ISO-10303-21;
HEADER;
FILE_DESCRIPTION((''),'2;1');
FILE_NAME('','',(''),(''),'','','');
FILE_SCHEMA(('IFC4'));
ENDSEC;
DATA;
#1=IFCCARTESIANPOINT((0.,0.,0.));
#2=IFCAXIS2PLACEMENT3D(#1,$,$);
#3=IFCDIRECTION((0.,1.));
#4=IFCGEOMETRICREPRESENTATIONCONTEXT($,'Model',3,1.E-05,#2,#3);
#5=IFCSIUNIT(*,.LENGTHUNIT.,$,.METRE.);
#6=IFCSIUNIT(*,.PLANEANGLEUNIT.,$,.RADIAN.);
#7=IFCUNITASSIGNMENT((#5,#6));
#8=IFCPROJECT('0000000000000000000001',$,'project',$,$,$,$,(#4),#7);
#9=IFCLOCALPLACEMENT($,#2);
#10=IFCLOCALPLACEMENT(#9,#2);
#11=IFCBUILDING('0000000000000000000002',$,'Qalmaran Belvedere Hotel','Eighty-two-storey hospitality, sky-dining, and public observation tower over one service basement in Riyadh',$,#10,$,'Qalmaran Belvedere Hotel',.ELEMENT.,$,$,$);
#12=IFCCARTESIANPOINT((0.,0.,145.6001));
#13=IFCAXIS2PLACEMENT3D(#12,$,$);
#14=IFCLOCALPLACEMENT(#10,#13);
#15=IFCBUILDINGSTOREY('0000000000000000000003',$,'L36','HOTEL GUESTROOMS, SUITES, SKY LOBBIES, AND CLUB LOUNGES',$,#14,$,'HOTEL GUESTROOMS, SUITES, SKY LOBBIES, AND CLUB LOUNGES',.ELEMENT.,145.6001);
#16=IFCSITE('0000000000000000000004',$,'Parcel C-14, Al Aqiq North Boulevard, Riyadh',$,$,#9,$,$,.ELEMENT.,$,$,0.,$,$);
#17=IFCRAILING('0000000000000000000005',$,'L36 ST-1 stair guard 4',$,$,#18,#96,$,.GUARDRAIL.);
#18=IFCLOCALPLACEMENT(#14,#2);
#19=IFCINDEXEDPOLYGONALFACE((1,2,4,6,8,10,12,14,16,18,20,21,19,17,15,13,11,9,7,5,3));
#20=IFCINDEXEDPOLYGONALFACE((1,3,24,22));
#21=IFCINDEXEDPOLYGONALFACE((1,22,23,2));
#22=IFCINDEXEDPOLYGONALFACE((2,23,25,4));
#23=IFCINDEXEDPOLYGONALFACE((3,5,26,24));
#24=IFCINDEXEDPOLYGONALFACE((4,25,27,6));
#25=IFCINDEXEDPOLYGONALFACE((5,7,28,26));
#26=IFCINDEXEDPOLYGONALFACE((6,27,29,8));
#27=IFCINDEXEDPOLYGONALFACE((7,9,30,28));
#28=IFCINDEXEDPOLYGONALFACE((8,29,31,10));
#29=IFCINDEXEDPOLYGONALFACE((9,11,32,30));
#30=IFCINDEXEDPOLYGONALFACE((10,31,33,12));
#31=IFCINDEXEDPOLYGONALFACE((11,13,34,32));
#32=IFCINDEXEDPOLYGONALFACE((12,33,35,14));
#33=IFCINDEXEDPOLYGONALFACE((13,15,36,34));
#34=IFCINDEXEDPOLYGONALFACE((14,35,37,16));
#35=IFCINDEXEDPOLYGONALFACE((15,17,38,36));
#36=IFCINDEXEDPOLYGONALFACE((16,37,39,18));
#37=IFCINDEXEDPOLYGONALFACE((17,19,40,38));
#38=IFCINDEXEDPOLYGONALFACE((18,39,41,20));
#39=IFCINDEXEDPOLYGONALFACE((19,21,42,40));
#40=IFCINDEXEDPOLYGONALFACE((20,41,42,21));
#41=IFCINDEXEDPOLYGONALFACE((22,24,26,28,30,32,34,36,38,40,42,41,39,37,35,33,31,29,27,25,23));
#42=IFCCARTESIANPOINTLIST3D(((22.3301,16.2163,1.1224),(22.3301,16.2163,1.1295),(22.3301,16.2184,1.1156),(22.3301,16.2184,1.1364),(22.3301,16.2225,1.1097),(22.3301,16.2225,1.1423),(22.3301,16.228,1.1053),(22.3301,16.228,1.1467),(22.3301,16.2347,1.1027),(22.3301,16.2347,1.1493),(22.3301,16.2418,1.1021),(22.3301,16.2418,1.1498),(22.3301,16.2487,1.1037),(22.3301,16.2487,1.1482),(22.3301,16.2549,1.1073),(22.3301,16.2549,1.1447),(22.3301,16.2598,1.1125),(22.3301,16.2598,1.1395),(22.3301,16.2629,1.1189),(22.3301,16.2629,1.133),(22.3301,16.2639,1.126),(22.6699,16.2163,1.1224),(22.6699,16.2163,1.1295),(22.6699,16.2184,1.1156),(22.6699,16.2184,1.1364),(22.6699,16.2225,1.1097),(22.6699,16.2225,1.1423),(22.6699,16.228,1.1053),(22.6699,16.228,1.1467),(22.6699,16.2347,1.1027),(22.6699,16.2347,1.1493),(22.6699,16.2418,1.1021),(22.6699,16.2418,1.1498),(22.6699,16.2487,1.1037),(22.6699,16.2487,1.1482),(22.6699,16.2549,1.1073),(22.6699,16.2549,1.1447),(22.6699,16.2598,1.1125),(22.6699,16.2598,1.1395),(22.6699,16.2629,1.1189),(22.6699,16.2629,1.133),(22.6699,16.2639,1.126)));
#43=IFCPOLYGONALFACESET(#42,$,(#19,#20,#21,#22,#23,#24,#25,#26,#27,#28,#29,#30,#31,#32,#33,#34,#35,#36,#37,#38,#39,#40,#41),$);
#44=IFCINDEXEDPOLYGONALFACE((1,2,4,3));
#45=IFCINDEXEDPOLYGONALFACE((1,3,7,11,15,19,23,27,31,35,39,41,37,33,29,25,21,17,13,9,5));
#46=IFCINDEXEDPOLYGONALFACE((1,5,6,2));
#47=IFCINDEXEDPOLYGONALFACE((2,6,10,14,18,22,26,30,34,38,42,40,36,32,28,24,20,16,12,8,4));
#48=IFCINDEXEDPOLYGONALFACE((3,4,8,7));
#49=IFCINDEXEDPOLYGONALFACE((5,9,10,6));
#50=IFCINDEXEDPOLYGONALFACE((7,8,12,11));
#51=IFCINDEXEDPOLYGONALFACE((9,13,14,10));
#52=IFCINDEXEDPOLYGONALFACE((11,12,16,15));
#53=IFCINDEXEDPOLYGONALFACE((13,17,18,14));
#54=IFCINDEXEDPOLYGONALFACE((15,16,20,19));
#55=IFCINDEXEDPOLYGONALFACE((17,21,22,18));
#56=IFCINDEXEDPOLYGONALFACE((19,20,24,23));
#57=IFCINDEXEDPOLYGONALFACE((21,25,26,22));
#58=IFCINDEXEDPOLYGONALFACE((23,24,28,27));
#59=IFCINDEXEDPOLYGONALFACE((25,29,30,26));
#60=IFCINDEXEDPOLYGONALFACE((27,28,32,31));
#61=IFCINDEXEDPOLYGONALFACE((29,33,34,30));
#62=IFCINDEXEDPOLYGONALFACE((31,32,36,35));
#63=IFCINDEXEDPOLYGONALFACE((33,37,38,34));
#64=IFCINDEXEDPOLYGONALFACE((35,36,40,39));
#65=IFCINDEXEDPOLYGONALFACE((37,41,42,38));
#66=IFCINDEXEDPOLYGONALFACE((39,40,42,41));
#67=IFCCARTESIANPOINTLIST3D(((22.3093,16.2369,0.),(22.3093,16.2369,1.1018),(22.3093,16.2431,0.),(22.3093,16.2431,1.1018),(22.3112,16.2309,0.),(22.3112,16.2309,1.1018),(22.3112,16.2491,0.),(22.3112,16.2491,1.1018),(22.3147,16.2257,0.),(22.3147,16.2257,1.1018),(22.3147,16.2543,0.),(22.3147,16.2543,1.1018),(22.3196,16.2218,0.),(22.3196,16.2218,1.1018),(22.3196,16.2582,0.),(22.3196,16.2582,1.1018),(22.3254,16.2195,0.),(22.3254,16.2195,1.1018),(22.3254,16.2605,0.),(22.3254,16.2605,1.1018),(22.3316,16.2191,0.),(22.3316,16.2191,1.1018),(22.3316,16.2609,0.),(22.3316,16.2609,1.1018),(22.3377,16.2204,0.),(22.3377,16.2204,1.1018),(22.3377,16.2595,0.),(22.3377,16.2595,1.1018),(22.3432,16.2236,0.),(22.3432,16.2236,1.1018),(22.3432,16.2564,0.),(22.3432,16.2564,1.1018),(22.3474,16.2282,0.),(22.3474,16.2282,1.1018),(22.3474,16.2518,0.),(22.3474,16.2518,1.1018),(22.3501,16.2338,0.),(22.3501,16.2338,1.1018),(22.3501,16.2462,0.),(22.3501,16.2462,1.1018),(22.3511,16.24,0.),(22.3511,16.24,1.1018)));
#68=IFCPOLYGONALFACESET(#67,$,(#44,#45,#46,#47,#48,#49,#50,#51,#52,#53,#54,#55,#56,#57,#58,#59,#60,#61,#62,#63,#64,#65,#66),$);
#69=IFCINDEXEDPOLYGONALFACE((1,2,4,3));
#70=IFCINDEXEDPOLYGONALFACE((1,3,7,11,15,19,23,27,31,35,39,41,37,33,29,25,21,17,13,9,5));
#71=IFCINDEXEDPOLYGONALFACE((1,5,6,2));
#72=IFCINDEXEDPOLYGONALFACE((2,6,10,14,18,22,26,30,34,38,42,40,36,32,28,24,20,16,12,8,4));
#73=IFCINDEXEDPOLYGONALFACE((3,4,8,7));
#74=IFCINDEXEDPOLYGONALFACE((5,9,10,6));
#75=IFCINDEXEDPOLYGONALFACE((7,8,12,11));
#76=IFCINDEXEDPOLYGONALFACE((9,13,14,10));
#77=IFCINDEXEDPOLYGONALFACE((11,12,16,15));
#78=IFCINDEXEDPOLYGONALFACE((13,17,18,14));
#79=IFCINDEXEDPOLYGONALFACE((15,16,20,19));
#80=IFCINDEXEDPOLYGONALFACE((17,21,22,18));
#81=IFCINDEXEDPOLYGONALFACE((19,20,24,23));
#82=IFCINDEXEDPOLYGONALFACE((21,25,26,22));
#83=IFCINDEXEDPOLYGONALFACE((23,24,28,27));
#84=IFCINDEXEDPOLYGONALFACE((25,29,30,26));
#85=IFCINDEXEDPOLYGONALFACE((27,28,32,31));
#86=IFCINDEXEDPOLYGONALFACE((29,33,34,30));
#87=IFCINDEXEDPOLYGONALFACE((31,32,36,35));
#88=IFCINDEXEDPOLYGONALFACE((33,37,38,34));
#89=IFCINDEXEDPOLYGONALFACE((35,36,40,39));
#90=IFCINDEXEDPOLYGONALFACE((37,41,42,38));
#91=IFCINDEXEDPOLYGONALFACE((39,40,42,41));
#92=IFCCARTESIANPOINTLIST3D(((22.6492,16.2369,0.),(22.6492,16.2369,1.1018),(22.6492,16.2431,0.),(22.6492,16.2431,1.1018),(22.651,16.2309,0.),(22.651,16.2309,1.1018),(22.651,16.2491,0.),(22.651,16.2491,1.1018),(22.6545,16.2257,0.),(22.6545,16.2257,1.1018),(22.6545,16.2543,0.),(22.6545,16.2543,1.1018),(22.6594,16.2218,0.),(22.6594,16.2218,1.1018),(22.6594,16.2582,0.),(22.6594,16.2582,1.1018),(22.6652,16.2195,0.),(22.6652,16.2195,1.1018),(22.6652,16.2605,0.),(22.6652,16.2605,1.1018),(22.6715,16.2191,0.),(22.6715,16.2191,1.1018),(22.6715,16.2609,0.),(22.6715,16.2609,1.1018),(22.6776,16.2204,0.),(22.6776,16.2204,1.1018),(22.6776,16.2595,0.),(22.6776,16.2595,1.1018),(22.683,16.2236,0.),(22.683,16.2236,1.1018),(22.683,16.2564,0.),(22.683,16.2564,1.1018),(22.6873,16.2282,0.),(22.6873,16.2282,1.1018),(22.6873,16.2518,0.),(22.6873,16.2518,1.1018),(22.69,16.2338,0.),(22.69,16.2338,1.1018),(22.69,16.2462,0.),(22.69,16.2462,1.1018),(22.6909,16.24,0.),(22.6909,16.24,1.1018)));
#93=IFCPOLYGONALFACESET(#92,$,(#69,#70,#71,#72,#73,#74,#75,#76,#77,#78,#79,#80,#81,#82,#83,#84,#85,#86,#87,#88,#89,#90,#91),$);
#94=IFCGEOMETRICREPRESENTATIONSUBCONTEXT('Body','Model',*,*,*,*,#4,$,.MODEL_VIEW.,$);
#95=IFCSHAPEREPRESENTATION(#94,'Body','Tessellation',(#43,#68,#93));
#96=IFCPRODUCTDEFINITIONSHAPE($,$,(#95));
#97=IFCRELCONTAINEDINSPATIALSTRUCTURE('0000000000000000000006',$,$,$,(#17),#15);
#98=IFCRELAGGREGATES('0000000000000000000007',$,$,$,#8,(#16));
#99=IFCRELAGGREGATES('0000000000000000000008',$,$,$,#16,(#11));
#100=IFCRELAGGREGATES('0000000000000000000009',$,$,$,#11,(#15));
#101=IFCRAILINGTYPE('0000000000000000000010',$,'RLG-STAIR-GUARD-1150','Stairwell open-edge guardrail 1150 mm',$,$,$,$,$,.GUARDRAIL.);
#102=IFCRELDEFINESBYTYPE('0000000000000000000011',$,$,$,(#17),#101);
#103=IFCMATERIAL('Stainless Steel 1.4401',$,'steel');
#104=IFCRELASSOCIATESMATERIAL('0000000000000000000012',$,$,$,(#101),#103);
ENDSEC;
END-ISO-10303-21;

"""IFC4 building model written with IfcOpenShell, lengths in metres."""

from ifc_helpers import new_model, si_unit, direction, frame, origin, origin_2d, place, context, subcontext, project, spatial, circle, extrude, material, type_object, element, save


model = new_model("IFC4")

# Units and contexts
model_context = context("Model", 3, precision=1e-05, world=origin(), true_north=direction((0.0, 1.0)))
body_context = subcontext(model_context, "Body", "Model", "MODEL_VIEW")
ifc_project = project(units=[si_unit("LENGTHUNIT", "METRE"), si_unit("PLANEANGLEUNIT", "RADIAN")], contexts=[model_context])

# Site, building, storey
site_placement = place(None, origin())
site = spatial("IfcSite", under=ifc_project, at=site_placement, Name="Parcel C-14, Al Aqiq North Boulevard, Riyadh", CompositionType="ELEMENT", RefElevation=0.0)
building_placement = place(site_placement, origin())
building = spatial("IfcBuilding", under=site, at=building_placement, Name="Qalmaran Belvedere Hotel", Description="Eighty-two-storey hospitality, sky-dining, and public observation tower over one service basement in Riyadh", LongName="Qalmaran Belvedere Hotel", CompositionType="ELEMENT")
storey_placement = place(building_placement, frame((0.0, 0.0, 145.6001)))
storey = spatial("IfcBuildingStorey", under=building, at=storey_placement, Name="L36", Description="HOTEL GUESTROOMS, SUITES, SKY LOBBIES, AND CLUB LOUNGES", LongName="HOTEL GUESTROOMS, SUITES, SKY LOBBIES, AND CLUB LOUNGES", CompositionType="ELEMENT", Elevation=145.6001)

# Railing
ifc_material_1 = material(Name="Stainless Steel 1.4401", Category="steel")
railing_type_1 = type_object("IfcRailingType", Name="RLG-STAIR-GUARD-1150", Description="Stairwell open-edge guardrail 1150 mm", PredefinedType="GUARDRAIL", material=ifc_material_1)
railing_1_placement = place(storey_placement, frame((22.3301, 16.24, 0.0)))
element("IfcRailing", 1, at=railing_1_placement, inside=storey, type_object=railing_type_1, Name="L36 ST-1 stair guard 4", PredefinedType="GUARDRAIL", context=body_context, shape_type="SweptSolid", body=[
    extrude(circle(Radius=0.0239, at=origin_2d()), frame((0.0, 0.0, 1.126), z_axis=(1.0, 0.0, 0.0), x_axis=(0.0, 1.0, 0.0)), (0.0, 0.0, 1.0), 0.3398),
    extrude(circle(Radius=0.021, at=origin_2d()), origin(), (0.0, 0.0, 1.0), 1.1018),
    extrude(circle(Radius=0.021, at=origin_2d()), frame((0.3398, 0.0, 0.0)), (0.0, 0.0, 1.0), 1.1018),
])

save(model, "model.ifc")
